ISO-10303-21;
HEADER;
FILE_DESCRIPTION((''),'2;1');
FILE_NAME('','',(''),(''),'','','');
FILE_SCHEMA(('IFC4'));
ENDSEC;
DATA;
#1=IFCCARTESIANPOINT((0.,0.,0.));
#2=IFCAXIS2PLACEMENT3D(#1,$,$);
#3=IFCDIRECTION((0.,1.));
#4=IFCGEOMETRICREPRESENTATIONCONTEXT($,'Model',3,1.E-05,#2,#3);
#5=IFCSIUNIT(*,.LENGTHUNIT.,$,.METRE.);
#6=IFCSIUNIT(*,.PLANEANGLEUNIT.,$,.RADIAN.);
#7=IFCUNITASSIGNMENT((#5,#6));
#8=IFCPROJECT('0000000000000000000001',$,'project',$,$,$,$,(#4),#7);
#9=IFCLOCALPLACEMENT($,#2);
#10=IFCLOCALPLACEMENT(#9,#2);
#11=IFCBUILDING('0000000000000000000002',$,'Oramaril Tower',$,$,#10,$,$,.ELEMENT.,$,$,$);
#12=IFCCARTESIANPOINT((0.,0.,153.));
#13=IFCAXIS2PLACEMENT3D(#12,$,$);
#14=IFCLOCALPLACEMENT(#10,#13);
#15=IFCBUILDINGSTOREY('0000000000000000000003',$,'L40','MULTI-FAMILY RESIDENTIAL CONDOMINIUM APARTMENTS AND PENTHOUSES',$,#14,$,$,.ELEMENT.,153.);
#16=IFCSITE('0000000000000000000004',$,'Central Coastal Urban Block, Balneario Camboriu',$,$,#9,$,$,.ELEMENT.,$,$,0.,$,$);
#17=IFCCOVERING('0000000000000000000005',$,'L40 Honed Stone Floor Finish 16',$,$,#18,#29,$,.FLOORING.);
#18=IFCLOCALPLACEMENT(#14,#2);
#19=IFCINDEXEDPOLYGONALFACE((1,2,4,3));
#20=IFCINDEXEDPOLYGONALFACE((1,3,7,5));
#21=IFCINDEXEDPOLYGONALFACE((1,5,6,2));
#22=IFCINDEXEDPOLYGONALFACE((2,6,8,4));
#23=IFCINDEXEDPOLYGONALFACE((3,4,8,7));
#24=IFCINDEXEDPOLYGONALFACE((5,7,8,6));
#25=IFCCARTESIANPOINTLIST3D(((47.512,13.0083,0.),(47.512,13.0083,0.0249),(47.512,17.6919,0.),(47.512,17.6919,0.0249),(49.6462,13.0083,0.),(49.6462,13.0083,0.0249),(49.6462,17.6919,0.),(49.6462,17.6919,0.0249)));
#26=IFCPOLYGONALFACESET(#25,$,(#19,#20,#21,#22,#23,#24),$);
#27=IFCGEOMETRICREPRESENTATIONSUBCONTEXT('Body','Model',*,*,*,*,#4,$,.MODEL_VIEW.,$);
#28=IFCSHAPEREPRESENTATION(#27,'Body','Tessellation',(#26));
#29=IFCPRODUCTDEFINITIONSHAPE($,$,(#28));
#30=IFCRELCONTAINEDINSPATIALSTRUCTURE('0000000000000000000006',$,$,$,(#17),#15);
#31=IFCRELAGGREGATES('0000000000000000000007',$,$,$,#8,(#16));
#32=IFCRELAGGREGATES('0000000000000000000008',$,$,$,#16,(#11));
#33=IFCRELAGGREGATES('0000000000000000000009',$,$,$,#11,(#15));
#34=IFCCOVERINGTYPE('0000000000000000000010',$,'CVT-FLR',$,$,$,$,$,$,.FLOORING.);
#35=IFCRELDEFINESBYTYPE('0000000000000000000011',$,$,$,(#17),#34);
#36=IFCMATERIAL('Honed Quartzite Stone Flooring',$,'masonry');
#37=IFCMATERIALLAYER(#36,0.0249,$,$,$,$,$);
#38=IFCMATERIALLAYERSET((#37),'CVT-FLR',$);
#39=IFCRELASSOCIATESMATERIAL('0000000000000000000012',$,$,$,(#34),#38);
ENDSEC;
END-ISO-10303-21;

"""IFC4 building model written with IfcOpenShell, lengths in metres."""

from ifc_helpers import new_model, si_unit, direction, frame, origin, place, context, subcontext, project, spatial, polyline, outline, extrude, material, layer, layer_set, type_object, element, save


model = new_model("IFC4")

# Units and contexts
model_context = context("Model", 3, precision=1e-05, world=origin(), true_north=direction((0.0, 1.0)))
body_context = subcontext(model_context, "Body", "Model", "MODEL_VIEW")
ifc_project = project(units=[si_unit("LENGTHUNIT", "METRE"), si_unit("PLANEANGLEUNIT", "RADIAN")], contexts=[model_context])

# Site, building, storey
site_placement = place(None, origin())
site = spatial("IfcSite", under=ifc_project, at=site_placement, Name="Central Coastal Urban Block, Balneario Camboriu", CompositionType="ELEMENT", RefElevation=0.0)
building_placement = place(site_placement, origin())
building = spatial("IfcBuilding", under=site, at=building_placement, Name="Oramaril Tower", CompositionType="ELEMENT")
storey_placement = place(building_placement, frame((0.0, 0.0, 153.0)))
storey = spatial("IfcBuildingStorey", under=building, at=storey_placement, Name="L40", Description="MULTI-FAMILY RESIDENTIAL CONDOMINIUM APARTMENTS AND PENTHOUSES", CompositionType="ELEMENT", Elevation=153.0)

# Covering
ifc_material_1 = material(Name="Honed Quartzite Stone Flooring", Category="masonry")
ifc_layer_1 = layer(ifc_material_1, 0.0249)
ifc_layer_set_1 = layer_set([ifc_layer_1], Name="CVT-FLR")
covering_type_1 = type_object("IfcCoveringType", Name="CVT-FLR", PredefinedType="FLOORING", material=ifc_layer_set_1)
covering_1_placement = place(storey_placement, origin())
element("IfcCovering", 1, at=covering_1_placement, inside=storey, type_object=covering_type_1, Name="L40 Honed Stone Floor Finish 16", PredefinedType="FLOORING", context=body_context, shape_type="SweptSolid", body=[
    extrude(outline(polyline([(49.6462, 17.6919), (49.6462, 13.0083), (47.512, 13.0083), (47.512, 17.6919), (49.6462, 17.6919)])), origin(), (0.0, 0.0, 1.0), 0.0249),
])

save(model, "model.ifc")
